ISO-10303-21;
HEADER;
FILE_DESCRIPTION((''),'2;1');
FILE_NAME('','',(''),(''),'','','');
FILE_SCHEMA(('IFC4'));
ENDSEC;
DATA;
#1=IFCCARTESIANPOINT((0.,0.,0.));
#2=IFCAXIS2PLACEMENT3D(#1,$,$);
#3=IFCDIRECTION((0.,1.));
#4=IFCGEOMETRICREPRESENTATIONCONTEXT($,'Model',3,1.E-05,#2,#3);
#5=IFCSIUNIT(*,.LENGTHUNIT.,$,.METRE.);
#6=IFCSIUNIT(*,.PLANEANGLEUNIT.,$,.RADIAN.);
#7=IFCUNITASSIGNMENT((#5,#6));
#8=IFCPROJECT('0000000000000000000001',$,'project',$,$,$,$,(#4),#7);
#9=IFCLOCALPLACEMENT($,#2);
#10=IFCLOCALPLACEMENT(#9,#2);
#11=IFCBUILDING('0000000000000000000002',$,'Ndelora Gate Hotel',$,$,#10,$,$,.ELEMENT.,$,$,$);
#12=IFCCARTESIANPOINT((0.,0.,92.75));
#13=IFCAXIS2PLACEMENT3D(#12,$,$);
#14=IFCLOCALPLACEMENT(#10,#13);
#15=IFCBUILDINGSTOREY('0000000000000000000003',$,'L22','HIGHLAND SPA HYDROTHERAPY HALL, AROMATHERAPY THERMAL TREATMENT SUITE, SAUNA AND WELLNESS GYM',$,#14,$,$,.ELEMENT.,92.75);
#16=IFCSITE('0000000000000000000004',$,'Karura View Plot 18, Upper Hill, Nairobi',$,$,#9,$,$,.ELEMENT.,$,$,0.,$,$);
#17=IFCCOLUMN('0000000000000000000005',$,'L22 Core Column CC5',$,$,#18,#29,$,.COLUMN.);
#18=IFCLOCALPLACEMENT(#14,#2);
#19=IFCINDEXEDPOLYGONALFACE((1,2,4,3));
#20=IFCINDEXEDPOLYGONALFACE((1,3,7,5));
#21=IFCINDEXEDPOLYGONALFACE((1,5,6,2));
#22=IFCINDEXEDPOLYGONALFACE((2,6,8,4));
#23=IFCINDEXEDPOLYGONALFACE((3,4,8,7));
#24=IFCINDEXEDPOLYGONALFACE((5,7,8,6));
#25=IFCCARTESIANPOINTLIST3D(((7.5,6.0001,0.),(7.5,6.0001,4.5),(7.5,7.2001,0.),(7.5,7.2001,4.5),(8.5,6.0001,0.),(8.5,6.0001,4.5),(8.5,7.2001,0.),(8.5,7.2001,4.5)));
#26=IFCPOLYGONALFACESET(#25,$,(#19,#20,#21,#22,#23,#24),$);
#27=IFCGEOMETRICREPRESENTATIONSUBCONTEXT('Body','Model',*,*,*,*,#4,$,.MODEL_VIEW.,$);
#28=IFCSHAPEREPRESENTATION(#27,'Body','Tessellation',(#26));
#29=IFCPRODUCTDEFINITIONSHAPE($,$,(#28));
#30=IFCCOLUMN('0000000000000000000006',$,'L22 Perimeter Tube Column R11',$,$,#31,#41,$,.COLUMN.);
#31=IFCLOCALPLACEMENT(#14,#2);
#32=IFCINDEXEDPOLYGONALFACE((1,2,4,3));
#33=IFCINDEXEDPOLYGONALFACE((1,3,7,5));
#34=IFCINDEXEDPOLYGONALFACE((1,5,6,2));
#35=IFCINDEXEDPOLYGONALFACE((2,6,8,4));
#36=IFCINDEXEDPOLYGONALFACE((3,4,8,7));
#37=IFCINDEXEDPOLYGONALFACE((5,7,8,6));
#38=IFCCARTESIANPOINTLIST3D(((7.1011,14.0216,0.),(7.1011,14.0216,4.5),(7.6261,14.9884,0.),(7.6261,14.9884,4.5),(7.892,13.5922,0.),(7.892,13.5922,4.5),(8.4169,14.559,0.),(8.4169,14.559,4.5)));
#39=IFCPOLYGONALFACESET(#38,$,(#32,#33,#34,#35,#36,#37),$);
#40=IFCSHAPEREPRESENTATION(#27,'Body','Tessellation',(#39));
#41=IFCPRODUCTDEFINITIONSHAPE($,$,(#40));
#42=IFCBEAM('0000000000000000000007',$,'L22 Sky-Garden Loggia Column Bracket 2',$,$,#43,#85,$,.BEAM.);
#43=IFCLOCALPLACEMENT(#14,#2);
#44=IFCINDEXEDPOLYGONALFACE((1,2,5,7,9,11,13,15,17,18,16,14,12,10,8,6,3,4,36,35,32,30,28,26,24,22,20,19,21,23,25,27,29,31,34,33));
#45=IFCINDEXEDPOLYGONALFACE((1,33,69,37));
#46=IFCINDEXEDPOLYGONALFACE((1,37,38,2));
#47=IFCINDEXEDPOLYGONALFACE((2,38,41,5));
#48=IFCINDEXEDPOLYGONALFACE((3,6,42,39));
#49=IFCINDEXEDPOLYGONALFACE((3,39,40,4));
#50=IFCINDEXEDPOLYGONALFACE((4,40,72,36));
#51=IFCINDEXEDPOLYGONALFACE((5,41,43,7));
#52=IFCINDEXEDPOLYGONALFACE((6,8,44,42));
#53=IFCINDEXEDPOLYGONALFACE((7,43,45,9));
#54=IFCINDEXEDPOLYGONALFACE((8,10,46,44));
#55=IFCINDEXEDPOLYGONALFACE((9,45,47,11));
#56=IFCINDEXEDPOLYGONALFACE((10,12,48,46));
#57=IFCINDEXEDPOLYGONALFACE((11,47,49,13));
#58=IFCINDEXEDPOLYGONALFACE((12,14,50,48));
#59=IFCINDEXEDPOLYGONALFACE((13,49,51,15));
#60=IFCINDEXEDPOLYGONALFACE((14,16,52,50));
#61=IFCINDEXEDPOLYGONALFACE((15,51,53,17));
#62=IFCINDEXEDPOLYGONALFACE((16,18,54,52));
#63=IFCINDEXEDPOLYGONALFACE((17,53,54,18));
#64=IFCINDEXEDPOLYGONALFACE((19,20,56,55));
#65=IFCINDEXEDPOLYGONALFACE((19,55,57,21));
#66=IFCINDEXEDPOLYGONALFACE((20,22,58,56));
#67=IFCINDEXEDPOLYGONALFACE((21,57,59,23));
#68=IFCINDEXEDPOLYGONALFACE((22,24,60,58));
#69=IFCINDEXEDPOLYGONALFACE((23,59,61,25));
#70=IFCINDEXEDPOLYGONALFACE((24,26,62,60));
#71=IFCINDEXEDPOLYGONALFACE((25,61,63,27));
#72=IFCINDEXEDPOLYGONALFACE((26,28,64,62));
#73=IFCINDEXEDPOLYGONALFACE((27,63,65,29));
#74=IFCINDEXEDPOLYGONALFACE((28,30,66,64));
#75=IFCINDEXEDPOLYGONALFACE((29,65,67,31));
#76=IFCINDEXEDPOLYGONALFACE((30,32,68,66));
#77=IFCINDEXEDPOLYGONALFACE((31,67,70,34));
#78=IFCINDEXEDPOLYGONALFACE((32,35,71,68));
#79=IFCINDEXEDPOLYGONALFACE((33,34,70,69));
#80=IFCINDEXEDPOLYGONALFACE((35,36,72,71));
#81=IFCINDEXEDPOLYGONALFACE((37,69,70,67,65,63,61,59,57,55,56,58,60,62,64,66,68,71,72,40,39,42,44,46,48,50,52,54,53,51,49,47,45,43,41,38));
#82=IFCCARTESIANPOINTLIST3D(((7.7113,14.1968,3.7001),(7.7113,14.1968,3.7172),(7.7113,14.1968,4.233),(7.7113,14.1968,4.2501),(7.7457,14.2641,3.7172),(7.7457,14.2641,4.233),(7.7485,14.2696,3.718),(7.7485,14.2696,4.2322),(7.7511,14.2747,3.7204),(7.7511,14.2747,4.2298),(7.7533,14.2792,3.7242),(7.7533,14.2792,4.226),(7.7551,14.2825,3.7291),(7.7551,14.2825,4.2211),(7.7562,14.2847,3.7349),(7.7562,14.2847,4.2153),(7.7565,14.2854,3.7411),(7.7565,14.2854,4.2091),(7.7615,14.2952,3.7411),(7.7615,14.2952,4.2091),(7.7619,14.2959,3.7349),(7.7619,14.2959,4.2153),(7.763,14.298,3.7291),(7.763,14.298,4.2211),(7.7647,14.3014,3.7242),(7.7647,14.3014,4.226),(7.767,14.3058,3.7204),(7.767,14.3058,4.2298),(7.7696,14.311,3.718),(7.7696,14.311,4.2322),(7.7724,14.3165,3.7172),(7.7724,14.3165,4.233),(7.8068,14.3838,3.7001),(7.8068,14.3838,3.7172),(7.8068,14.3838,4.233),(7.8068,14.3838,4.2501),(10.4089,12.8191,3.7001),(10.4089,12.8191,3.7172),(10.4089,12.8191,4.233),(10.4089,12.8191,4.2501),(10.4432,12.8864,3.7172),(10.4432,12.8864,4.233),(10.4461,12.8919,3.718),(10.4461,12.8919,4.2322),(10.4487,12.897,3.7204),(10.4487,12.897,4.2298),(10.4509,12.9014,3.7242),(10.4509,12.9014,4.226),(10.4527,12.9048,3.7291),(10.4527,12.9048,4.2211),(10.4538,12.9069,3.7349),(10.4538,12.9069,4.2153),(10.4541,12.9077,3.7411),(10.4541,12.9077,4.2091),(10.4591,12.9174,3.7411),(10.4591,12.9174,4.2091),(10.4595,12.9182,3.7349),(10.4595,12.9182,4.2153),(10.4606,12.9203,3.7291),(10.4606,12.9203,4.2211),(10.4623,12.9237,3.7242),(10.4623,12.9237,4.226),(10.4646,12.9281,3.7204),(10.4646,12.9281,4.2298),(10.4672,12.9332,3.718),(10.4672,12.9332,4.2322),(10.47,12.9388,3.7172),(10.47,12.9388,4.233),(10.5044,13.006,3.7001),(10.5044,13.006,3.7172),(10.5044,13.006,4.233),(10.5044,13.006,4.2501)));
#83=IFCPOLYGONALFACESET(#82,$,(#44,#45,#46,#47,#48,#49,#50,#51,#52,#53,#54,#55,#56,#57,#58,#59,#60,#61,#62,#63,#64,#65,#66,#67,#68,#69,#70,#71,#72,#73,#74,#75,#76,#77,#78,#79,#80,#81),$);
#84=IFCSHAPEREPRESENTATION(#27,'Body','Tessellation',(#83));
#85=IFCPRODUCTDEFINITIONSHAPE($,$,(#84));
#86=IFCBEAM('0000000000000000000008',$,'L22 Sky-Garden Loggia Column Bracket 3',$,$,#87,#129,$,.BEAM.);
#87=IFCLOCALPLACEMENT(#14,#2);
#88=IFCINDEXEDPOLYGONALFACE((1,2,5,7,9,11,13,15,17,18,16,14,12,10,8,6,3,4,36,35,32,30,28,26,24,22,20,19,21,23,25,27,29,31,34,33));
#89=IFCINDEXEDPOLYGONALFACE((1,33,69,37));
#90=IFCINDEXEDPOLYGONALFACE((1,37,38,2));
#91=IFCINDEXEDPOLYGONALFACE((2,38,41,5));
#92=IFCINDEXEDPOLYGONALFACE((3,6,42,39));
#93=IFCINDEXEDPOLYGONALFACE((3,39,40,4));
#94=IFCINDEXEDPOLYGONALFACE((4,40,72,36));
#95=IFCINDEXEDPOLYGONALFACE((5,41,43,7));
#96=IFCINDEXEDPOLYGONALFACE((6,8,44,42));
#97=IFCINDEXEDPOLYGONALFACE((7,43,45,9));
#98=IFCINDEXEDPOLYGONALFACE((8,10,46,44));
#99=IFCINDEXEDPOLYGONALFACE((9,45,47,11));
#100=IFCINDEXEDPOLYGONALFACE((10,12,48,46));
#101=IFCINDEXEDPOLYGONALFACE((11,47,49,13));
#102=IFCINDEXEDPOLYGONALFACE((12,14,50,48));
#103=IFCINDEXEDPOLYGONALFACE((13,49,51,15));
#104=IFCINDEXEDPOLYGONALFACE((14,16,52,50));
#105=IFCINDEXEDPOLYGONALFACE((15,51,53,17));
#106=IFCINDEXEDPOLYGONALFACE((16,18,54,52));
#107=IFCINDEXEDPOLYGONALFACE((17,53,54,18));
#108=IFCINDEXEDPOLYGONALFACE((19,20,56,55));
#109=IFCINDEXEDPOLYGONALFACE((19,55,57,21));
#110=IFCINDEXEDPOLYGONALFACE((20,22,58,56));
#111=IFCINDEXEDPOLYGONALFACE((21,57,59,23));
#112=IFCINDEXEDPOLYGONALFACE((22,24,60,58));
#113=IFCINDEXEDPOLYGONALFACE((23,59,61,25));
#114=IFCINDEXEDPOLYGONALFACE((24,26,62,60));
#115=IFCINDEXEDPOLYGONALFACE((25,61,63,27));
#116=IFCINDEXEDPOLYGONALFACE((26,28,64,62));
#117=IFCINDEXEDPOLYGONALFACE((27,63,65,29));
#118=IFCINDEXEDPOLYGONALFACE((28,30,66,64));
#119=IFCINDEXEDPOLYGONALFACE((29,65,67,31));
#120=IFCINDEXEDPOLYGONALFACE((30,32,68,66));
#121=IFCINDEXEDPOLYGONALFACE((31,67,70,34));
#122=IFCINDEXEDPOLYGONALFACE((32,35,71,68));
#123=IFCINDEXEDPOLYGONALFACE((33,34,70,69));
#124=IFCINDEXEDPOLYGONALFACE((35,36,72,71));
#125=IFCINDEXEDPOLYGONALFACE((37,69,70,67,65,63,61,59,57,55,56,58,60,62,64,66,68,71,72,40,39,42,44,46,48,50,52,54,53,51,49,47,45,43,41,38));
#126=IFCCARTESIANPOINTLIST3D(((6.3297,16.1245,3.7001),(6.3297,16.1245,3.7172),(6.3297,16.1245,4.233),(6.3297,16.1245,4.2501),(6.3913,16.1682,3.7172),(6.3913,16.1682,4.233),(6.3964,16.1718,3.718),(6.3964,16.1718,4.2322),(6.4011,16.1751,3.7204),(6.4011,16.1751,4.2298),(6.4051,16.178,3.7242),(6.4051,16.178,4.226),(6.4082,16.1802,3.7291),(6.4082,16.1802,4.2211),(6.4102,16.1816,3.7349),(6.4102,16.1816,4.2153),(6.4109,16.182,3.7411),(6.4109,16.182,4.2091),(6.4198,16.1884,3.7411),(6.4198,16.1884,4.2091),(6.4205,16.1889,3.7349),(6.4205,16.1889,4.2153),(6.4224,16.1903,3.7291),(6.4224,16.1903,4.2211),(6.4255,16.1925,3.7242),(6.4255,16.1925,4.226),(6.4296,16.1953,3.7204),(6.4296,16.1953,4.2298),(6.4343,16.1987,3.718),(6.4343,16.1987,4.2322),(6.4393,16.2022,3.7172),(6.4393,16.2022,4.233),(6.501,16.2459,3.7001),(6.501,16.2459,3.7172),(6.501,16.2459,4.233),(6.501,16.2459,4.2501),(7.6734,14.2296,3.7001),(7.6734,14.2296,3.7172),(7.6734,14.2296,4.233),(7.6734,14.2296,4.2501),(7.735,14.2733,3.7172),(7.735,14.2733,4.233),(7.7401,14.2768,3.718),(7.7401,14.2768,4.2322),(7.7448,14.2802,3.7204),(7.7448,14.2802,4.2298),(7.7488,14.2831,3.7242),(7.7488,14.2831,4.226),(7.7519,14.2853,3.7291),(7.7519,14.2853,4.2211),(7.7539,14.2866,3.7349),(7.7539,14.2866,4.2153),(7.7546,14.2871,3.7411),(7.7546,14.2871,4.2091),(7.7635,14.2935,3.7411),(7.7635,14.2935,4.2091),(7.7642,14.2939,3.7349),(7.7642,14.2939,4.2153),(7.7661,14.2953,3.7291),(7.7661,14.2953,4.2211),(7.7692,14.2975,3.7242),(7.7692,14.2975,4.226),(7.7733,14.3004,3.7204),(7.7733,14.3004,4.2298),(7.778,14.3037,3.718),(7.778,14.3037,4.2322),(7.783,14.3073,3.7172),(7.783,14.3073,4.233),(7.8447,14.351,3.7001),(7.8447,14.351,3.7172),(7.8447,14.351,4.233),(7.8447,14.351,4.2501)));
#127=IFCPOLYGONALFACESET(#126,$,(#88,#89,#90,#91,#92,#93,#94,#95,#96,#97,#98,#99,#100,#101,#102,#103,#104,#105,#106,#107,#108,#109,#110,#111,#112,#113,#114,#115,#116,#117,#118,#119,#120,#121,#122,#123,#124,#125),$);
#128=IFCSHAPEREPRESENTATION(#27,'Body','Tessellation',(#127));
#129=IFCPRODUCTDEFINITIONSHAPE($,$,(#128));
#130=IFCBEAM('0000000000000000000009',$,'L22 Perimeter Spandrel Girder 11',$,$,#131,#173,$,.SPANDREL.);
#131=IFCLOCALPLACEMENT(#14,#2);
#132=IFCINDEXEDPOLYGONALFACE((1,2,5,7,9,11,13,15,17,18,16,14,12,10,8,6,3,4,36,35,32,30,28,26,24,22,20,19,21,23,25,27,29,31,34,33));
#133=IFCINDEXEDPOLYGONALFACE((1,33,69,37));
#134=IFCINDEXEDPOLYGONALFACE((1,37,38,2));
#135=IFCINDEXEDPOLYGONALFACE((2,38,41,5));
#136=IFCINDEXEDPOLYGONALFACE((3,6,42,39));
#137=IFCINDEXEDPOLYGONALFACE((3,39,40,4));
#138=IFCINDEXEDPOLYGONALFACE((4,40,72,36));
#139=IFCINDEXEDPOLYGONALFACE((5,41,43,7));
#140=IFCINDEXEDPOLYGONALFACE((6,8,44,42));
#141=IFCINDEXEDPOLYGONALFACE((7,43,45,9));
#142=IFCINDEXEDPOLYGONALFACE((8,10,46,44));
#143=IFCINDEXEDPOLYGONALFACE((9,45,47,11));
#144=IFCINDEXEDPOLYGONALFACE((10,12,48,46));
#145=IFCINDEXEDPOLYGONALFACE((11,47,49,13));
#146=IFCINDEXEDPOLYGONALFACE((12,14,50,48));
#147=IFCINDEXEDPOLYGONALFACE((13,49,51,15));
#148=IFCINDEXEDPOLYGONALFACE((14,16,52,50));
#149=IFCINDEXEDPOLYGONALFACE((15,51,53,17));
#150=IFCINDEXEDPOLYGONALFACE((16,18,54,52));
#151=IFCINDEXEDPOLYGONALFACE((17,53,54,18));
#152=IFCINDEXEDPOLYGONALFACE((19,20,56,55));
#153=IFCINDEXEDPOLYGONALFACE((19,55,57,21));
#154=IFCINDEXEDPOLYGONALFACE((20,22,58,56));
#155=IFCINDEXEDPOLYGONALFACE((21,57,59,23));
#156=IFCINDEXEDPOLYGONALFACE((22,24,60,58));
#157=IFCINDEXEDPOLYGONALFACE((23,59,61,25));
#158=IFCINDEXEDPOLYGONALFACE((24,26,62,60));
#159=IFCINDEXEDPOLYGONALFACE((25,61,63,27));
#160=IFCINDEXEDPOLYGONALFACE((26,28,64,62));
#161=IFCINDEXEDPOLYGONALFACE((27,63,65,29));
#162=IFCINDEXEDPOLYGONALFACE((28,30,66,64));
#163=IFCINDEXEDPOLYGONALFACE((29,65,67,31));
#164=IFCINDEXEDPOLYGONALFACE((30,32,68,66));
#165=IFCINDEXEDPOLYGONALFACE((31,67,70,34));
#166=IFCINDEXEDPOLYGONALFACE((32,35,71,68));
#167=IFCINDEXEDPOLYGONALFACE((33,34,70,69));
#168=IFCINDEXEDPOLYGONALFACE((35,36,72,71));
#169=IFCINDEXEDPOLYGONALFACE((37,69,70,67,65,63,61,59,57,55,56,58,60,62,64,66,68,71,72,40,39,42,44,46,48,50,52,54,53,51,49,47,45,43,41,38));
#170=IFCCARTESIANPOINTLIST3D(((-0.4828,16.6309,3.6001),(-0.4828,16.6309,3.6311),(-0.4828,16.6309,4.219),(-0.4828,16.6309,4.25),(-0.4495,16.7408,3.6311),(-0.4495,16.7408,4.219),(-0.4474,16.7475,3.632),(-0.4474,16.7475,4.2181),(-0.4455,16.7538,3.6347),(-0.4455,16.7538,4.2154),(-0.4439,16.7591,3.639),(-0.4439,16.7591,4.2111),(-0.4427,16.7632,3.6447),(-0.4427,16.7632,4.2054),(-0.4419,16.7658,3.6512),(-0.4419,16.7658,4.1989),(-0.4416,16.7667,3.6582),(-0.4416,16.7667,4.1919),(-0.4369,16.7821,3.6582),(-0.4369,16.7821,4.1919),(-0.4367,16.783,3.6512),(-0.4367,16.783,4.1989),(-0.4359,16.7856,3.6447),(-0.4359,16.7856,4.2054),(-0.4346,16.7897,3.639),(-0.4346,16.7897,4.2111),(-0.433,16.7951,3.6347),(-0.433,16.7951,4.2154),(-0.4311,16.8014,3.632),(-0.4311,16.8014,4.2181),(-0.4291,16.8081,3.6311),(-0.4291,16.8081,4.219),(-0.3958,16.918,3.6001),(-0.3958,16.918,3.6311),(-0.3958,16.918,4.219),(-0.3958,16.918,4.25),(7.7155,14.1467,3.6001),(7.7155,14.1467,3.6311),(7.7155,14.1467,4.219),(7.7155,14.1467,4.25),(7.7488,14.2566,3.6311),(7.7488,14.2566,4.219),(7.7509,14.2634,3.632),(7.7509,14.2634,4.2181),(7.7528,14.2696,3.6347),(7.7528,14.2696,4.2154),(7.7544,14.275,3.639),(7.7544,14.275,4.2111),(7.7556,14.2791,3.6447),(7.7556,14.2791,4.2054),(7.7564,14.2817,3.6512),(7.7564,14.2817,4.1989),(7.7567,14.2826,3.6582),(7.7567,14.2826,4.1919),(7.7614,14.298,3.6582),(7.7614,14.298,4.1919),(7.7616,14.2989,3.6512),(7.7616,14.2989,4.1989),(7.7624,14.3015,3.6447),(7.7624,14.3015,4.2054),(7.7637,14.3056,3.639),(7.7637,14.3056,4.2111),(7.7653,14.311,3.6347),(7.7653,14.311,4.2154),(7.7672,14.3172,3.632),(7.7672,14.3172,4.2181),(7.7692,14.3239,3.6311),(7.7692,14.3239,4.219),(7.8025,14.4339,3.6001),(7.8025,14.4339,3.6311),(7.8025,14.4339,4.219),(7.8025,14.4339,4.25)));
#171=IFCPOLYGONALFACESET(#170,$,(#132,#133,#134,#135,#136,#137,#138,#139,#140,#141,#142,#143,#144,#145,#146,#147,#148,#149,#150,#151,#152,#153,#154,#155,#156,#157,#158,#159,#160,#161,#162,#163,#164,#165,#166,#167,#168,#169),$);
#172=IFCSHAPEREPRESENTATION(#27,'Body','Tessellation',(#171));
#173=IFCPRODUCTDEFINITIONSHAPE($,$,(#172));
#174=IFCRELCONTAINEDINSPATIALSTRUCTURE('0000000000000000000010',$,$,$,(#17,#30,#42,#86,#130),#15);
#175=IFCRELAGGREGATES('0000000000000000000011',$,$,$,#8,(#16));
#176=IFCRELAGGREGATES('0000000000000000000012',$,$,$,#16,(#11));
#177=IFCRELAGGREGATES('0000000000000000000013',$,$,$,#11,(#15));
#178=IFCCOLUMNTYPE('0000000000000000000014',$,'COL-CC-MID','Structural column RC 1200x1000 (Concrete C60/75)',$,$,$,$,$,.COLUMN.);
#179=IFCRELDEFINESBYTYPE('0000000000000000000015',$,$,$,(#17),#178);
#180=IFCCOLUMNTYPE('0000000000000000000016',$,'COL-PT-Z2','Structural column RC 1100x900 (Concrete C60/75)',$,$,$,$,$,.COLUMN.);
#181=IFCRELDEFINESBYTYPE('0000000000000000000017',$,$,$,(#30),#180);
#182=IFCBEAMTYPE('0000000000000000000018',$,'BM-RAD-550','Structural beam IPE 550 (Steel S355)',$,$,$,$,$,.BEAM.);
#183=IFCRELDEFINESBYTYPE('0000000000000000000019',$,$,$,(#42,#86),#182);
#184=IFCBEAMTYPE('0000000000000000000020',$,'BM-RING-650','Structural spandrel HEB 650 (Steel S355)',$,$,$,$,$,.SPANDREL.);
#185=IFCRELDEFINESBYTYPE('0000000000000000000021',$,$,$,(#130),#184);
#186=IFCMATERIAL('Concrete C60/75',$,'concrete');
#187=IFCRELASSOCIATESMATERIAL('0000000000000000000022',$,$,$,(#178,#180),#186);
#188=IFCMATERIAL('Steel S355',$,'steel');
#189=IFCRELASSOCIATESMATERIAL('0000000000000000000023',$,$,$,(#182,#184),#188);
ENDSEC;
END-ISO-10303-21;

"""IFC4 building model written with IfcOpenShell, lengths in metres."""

from ifc_helpers import new_model, si_unit, direction, frame, origin, origin_2d, place, context, subcontext, project, spatial, rectangle, i_section, extrude, material, material_profile, profile_set, type_object, element, save


model = new_model("IFC4")

# Units and contexts
model_context = context("Model", 3, precision=1e-05, world=origin(), true_north=direction((0.0, 1.0)))
body_context = subcontext(model_context, "Body", "Model", "MODEL_VIEW")
ifc_project = project(units=[si_unit("LENGTHUNIT", "METRE"), si_unit("PLANEANGLEUNIT", "RADIAN")], contexts=[model_context])

# Site, building, storey
site_placement = place(None, origin())
site = spatial("IfcSite", under=ifc_project, at=site_placement, Name="Karura View Plot 18, Upper Hill, Nairobi", CompositionType="ELEMENT", RefElevation=0.0)
building_placement = place(site_placement, origin())
building = spatial("IfcBuilding", under=site, at=building_placement, Name="Ndelora Gate Hotel", CompositionType="ELEMENT")
storey_placement = place(building_placement, frame((0.0, 0.0, 92.75)))
storey = spatial("IfcBuildingStorey", under=building, at=storey_placement, Name="L22", Description="HIGHLAND SPA HYDROTHERAPY HALL, AROMATHERAPY THERMAL TREATMENT SUITE, SAUNA AND WELLNESS GYM", CompositionType="ELEMENT", Elevation=92.75)

# Columns
ifc_material_1 = material(Name="Concrete C60/75", Category="concrete")
ifc_material_profile_1 = material_profile(ifc_material_1, rectangle(XDim=1.0, YDim=1.2, at=origin_2d()), Name="RC 1200x1000")
ifc_profile_set_1 = profile_set([ifc_material_profile_1], Name="Concrete C60/75")
column_type_1 = type_object("IfcColumnType", Name="COL-CC-MID", Description="Structural column RC 1200x1000 (Concrete C60/75)", PredefinedType="COLUMN", material=ifc_profile_set_1)
column_1_placement = place(storey_placement, frame((8.0, 6.6001, 0.0), z_axis=(0.0, 0.0, 1.0), x_axis=(1.0, 0.0, 0.0)))
element("IfcColumn", 1, at=column_1_placement, inside=storey, type_object=column_type_1, Name="L22 Core Column CC5", PredefinedType="COLUMN", context=body_context, shape_type="SweptSolid", body=[
    extrude(rectangle(XDim=1.0, YDim=1.2, at=origin_2d()), origin(), (0.0, 0.0, 1.0), 4.5),
])
ifc_material_profile_2 = material_profile(ifc_material_1, rectangle(XDim=0.8999, YDim=1.1001, at=origin_2d()), Name="RC 1100x900")
ifc_profile_set_2 = profile_set([ifc_material_profile_2], Name="Concrete C60/75")
column_type_2 = type_object("IfcColumnType", Name="COL-PT-Z2", Description="Structural column RC 1100x900 (Concrete C60/75)", PredefinedType="COLUMN", material=ifc_profile_set_2)
column_2_placement = place(storey_placement, frame((7.759, 14.2903, 0.0), z_axis=(0.0, 0.0, 1.0), x_axis=(-0.878817, 0.477159, 0.0)))
element("IfcColumn", 2, at=column_2_placement, inside=storey, type_object=column_type_2, Name="L22 Perimeter Tube Column R11", PredefinedType="COLUMN", context=body_context, shape_type="SweptSolid", body=[
    extrude(rectangle(XDim=0.8999, YDim=1.1001, at=origin_2d()), origin(), (0.0, 0.0, 1.0), 4.5),
])

# Beams
ifc_material_2 = material(Name="Steel S355", Category="steel")
ifc_material_profile_3 = material_profile(ifc_material_2, i_section(OverallWidth=0.21, OverallDepth=0.55, WebThickness=0.011, FlangeThickness=0.0171, FilletRadius=0.0239, at=origin_2d()), Name="IPE 550")
ifc_profile_set_3 = profile_set([ifc_material_profile_3], Name="Steel S355")
beam_type_1 = type_object("IfcBeamType", Name="BM-RAD-550", Description="Structural beam IPE 550 (Steel S355)", PredefinedType="BEAM", material=ifc_profile_set_3)
beam_1_placement = place(storey_placement, frame((7.759, 14.2903, 3.9751), z_axis=(0.890574, -0.454838, 0.0), x_axis=(0.454838, 0.890574, 0.0)))
element("IfcBeam", 3, at=beam_1_placement, inside=storey, type_object=beam_type_1, Name="L22 Sky-Garden Loggia Column Bracket 2", PredefinedType="BEAM", context=body_context, shape_type="SweptSolid", body=[
    extrude(i_section(OverallWidth=0.21, OverallDepth=0.55, WebThickness=0.011, FlangeThickness=0.0171, FilletRadius=0.0239, at=origin_2d()), origin(), (0.0, 0.0, 1.0), 3.0291),
])
beam_2_placement = place(storey_placement, frame((7.759, 14.2903, 3.9751), z_axis=(-0.578431, 0.815731, 0.0), x_axis=(-0.815731, -0.578431, 0.0)))
element("IfcBeam", 4, at=beam_2_placement, inside=storey, type_object=beam_type_1, Name="L22 Sky-Garden Loggia Column Bracket 3", PredefinedType="BEAM", context=body_context, shape_type="SweptSolid", body=[
    extrude(i_section(OverallWidth=0.21, OverallDepth=0.55, WebThickness=0.011, FlangeThickness=0.0171, FilletRadius=0.0239, at=origin_2d()), origin(), (0.0, 0.0, 1.0), 2.323),
])
ifc_material_profile_4 = material_profile(ifc_material_2, i_section(OverallWidth=0.3, OverallDepth=0.6499, WebThickness=0.0161, FlangeThickness=0.031, FilletRadius=0.0271, at=origin_2d()), Name="HEB 650")
ifc_profile_set_4 = profile_set([ifc_material_profile_4], Name="Steel S355")
beam_type_2 = type_object("IfcBeamType", Name="BM-RING-650", Description="Structural spandrel HEB 650 (Steel S355)", PredefinedType="SPANDREL", material=ifc_profile_set_4)
beam_3_placement = place(storey_placement, frame((7.759, 14.2903, 3.925), z_axis=(-0.95703, 0.289988, 0.0), x_axis=(-0.289988, -0.95703, 0.0)))
element("IfcBeam", 5, at=beam_3_placement, inside=storey, type_object=beam_type_2, Name="L22 Perimeter Spandrel Girder 11", PredefinedType="SPANDREL", context=body_context, shape_type="SweptSolid", body=[
    extrude(i_section(OverallWidth=0.3, OverallDepth=0.6499, WebThickness=0.0161, FlangeThickness=0.031, FilletRadius=0.0271, at=origin_2d()), origin(), (0.0, 0.0, 1.0), 8.5664),
])

save(model, "model.ifc")
